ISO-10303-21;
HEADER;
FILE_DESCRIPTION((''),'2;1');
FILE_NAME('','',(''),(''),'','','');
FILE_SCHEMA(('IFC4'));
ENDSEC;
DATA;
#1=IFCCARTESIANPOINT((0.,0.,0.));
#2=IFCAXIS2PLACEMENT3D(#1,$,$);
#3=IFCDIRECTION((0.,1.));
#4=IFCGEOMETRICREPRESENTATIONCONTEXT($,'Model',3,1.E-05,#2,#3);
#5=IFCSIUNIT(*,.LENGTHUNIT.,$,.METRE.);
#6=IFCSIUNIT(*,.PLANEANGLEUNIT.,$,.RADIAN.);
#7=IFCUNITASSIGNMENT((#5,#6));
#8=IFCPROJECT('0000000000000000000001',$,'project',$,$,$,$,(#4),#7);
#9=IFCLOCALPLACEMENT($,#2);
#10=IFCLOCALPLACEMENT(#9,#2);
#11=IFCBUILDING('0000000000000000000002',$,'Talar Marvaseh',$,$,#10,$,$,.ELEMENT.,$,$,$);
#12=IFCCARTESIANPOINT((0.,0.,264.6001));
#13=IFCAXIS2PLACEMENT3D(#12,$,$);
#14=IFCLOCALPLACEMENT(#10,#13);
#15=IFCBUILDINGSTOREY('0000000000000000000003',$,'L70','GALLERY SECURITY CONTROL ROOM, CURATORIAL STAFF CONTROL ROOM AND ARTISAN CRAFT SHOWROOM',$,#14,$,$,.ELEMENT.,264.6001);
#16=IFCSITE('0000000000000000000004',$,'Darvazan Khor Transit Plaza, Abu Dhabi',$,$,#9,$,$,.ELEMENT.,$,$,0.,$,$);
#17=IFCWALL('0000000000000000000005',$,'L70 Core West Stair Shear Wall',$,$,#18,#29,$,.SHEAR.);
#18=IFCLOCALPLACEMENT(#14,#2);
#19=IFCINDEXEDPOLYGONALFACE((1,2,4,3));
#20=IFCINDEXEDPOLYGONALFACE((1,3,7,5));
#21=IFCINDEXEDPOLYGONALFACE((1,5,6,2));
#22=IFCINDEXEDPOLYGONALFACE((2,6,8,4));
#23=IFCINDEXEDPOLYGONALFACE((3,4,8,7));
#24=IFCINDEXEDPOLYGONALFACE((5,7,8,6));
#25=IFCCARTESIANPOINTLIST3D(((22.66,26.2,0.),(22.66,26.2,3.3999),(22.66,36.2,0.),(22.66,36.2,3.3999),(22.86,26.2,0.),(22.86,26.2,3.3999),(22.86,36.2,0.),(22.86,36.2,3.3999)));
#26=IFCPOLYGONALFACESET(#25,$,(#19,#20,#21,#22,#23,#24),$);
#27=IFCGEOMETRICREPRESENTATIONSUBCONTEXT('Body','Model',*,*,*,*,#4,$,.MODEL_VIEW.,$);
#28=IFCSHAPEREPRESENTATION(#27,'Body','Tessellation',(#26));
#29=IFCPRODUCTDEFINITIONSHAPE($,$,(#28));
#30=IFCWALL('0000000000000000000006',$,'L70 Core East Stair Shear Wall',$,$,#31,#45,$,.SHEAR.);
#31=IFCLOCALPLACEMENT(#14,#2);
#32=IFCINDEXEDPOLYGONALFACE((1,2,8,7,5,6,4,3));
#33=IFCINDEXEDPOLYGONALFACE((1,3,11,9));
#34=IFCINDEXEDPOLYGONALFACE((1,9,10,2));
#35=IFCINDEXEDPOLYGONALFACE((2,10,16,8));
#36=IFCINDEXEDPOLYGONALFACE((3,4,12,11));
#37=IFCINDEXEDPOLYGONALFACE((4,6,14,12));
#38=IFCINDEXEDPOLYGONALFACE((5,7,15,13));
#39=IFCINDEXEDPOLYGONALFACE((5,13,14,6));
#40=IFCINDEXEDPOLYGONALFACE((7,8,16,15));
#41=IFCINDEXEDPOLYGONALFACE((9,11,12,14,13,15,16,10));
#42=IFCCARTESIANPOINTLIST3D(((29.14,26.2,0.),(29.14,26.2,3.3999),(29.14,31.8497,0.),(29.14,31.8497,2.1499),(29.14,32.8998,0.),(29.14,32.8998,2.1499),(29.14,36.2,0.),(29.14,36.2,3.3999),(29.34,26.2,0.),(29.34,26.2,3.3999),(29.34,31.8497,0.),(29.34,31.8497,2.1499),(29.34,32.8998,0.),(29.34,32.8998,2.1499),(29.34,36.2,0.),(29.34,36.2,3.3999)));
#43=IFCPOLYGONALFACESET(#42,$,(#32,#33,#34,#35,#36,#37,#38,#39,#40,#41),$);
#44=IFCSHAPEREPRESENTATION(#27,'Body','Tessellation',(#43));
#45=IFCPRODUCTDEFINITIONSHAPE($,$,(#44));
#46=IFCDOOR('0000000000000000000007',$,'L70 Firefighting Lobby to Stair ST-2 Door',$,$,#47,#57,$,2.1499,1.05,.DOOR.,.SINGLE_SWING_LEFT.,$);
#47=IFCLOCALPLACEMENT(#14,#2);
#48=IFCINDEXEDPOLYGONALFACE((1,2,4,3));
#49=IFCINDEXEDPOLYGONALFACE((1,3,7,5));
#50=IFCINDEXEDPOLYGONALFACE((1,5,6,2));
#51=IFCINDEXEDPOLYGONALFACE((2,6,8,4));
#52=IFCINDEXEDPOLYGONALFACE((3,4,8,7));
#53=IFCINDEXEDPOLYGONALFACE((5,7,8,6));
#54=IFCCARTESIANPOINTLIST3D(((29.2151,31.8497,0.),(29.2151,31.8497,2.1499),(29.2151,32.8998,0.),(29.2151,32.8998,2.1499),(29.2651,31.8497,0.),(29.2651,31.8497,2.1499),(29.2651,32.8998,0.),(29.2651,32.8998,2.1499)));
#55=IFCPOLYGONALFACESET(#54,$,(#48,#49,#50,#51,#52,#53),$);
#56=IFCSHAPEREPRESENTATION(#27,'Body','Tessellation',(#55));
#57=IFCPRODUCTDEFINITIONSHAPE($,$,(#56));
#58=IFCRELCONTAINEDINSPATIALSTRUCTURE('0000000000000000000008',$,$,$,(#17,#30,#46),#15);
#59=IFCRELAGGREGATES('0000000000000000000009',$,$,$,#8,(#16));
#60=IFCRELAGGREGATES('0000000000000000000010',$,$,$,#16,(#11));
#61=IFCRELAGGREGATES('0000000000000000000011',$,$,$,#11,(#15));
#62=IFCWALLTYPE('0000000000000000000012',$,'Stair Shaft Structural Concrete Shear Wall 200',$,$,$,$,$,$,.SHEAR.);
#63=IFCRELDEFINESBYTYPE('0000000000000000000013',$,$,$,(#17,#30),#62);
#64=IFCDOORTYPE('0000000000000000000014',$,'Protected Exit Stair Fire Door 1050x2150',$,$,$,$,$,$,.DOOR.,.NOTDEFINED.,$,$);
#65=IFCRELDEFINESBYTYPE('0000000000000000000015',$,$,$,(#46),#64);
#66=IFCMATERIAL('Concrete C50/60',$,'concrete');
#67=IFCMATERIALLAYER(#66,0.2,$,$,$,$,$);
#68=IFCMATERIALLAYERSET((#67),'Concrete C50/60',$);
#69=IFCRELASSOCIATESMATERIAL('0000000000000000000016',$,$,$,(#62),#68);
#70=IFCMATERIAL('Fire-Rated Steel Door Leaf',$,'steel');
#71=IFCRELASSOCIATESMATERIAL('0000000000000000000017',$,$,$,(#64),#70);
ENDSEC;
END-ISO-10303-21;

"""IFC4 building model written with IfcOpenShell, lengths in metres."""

from ifc_helpers import new_model, si_unit, direction, frame, frame_2d, origin, place, context, subcontext, project, spatial, rectangle, extrude, source, transform, mapped, material, layer, layer_set, type_object, type_shapes, element, fill, save


model = new_model("IFC4")

# Units and contexts
model_context = context("Model", 3, precision=1e-05, world=origin(), true_north=direction((0.0, 1.0)))
body_context = subcontext(model_context, "Body", "Model", "MODEL_VIEW")
ifc_project = project(units=[si_unit("LENGTHUNIT", "METRE"), si_unit("PLANEANGLEUNIT", "RADIAN")], contexts=[model_context])

# Site, building, storey
site_placement = place(None, origin())
site = spatial("IfcSite", under=ifc_project, at=site_placement, Name="Darvazan Khor Transit Plaza, Abu Dhabi", CompositionType="ELEMENT", RefElevation=0.0)
building_placement = place(site_placement, origin())
building = spatial("IfcBuilding", under=site, at=building_placement, Name="Talar Marvaseh", CompositionType="ELEMENT")
storey_placement = place(building_placement, frame((0.0, 0.0, 264.6001)))
storey = spatial("IfcBuildingStorey", under=building, at=storey_placement, Name="L70", Description="GALLERY SECURITY CONTROL ROOM, CURATORIAL STAFF CONTROL ROOM AND ARTISAN CRAFT SHOWROOM", CompositionType="ELEMENT", Elevation=264.6001)

# Shared definitions
ifc_material_1 = material(Name="Concrete C50/60", Category="concrete")

# Shared definitions
ifc_material_2 = material(Name="Fire-Rated Steel Door Leaf", Category="steel")

# Wall
ifc_layer_1 = layer(ifc_material_1, 0.2)
ifc_layer_set_1 = layer_set([ifc_layer_1], Name="Concrete C50/60")
wall_type_1 = type_object("IfcWallType", Name="Stair Shaft Structural Concrete Shear Wall 200", PredefinedType="SHEAR", material=ifc_layer_set_1)
wall_1_placement = place(storey_placement, frame((22.76, 26.2, 0.0), z_axis=(0.0, 0.0, 1.0), x_axis=(0.0, 1.0, 0.0)))
element("IfcWall", 1, at=wall_1_placement, inside=storey, type_object=wall_type_1, Name="L70 Core West Stair Shear Wall", PredefinedType="SHEAR", context=body_context, shape_type="SweptSolid", body=[
    extrude(rectangle(XDim=10.0, YDim=0.2, at=frame_2d((5.0, 0.0))), origin(), (0.0, 0.0, 1.0), 3.3999),
])

# Wall, opening, door
wall_2_placement = place(storey_placement, frame((29.24, 26.2, 0.0), z_axis=(0.0, 0.0, 1.0), x_axis=(0.0, 1.0, 0.0)))
wall_2 = element("IfcWall", 2, at=wall_2_placement, inside=storey, type_object=wall_type_1, Name="L70 Core East Stair Shear Wall", PredefinedType="SHEAR", context=body_context, shape_type="SweptSolid", body=[
    extrude(rectangle(XDim=10.0, YDim=0.2, at=frame_2d((5.0, 0.0))), origin(), (0.0, 0.0, 1.0), 3.3999),
])
opening_1_placement = place(wall_2_placement, frame((5.6499, 0.0, 0.0)))
opening_1 = element("IfcOpeningElement", 3, at=opening_1_placement, cuts=wall_2, PredefinedType="OPENING", context=body_context, shape_type="SweptSolid", body=[
    extrude(rectangle(XDim=1.05, YDim=2.1499, at=frame_2d((0.5249, 1.075))), frame((0.0, 0.1099, 0.0), z_axis=(0.0, -1.0, 0.0), x_axis=(1.0, 0.0, 0.0)), (0.0, 0.0, 1.0), 0.22),
])
door_type_1 = type_object("IfcDoorType", Name="Protected Exit Stair Fire Door 1050x2150", OperationType="NOTDEFINED", PredefinedType="DOOR", material=ifc_material_2)
shared_shape_1 = source(origin(), body_context, "Body", "SweptSolid", [
    extrude(rectangle(XDim=1.05, YDim=2.1499, at=frame_2d((0.5249, 1.075))), frame((0.0, 0.0249, 0.0), z_axis=(0.0, -1.0, 0.0), x_axis=(1.0, 0.0, 0.0)), (0.0, 0.0, 1.0), 0.05),
])
type_shapes(door_type_1, [shared_shape_1])
door_1_placement = place(opening_1_placement, origin())
door_1 = element("IfcDoor", 4, at=door_1_placement, inside=storey, type_object=door_type_1, Name="L70 Firefighting Lobby to Stair ST-2 Door", OperationType="SINGLE_SWING_LEFT", OverallHeight=2.1499, OverallWidth=1.05, PredefinedType="DOOR", context=body_context, shape_type="MappedRepresentation", body=[
    mapped(shared_shape_1, transform((0.0, 0.0, 0.0), x_axis=(1.0, 0.0, 0.0), y_axis=(0.0, 1.0, 0.0), z_axis=(0.0, 0.0, 1.0), scale=1.0)),
])
fill(opening_1, door_1)

save(model, "model.ifc")
